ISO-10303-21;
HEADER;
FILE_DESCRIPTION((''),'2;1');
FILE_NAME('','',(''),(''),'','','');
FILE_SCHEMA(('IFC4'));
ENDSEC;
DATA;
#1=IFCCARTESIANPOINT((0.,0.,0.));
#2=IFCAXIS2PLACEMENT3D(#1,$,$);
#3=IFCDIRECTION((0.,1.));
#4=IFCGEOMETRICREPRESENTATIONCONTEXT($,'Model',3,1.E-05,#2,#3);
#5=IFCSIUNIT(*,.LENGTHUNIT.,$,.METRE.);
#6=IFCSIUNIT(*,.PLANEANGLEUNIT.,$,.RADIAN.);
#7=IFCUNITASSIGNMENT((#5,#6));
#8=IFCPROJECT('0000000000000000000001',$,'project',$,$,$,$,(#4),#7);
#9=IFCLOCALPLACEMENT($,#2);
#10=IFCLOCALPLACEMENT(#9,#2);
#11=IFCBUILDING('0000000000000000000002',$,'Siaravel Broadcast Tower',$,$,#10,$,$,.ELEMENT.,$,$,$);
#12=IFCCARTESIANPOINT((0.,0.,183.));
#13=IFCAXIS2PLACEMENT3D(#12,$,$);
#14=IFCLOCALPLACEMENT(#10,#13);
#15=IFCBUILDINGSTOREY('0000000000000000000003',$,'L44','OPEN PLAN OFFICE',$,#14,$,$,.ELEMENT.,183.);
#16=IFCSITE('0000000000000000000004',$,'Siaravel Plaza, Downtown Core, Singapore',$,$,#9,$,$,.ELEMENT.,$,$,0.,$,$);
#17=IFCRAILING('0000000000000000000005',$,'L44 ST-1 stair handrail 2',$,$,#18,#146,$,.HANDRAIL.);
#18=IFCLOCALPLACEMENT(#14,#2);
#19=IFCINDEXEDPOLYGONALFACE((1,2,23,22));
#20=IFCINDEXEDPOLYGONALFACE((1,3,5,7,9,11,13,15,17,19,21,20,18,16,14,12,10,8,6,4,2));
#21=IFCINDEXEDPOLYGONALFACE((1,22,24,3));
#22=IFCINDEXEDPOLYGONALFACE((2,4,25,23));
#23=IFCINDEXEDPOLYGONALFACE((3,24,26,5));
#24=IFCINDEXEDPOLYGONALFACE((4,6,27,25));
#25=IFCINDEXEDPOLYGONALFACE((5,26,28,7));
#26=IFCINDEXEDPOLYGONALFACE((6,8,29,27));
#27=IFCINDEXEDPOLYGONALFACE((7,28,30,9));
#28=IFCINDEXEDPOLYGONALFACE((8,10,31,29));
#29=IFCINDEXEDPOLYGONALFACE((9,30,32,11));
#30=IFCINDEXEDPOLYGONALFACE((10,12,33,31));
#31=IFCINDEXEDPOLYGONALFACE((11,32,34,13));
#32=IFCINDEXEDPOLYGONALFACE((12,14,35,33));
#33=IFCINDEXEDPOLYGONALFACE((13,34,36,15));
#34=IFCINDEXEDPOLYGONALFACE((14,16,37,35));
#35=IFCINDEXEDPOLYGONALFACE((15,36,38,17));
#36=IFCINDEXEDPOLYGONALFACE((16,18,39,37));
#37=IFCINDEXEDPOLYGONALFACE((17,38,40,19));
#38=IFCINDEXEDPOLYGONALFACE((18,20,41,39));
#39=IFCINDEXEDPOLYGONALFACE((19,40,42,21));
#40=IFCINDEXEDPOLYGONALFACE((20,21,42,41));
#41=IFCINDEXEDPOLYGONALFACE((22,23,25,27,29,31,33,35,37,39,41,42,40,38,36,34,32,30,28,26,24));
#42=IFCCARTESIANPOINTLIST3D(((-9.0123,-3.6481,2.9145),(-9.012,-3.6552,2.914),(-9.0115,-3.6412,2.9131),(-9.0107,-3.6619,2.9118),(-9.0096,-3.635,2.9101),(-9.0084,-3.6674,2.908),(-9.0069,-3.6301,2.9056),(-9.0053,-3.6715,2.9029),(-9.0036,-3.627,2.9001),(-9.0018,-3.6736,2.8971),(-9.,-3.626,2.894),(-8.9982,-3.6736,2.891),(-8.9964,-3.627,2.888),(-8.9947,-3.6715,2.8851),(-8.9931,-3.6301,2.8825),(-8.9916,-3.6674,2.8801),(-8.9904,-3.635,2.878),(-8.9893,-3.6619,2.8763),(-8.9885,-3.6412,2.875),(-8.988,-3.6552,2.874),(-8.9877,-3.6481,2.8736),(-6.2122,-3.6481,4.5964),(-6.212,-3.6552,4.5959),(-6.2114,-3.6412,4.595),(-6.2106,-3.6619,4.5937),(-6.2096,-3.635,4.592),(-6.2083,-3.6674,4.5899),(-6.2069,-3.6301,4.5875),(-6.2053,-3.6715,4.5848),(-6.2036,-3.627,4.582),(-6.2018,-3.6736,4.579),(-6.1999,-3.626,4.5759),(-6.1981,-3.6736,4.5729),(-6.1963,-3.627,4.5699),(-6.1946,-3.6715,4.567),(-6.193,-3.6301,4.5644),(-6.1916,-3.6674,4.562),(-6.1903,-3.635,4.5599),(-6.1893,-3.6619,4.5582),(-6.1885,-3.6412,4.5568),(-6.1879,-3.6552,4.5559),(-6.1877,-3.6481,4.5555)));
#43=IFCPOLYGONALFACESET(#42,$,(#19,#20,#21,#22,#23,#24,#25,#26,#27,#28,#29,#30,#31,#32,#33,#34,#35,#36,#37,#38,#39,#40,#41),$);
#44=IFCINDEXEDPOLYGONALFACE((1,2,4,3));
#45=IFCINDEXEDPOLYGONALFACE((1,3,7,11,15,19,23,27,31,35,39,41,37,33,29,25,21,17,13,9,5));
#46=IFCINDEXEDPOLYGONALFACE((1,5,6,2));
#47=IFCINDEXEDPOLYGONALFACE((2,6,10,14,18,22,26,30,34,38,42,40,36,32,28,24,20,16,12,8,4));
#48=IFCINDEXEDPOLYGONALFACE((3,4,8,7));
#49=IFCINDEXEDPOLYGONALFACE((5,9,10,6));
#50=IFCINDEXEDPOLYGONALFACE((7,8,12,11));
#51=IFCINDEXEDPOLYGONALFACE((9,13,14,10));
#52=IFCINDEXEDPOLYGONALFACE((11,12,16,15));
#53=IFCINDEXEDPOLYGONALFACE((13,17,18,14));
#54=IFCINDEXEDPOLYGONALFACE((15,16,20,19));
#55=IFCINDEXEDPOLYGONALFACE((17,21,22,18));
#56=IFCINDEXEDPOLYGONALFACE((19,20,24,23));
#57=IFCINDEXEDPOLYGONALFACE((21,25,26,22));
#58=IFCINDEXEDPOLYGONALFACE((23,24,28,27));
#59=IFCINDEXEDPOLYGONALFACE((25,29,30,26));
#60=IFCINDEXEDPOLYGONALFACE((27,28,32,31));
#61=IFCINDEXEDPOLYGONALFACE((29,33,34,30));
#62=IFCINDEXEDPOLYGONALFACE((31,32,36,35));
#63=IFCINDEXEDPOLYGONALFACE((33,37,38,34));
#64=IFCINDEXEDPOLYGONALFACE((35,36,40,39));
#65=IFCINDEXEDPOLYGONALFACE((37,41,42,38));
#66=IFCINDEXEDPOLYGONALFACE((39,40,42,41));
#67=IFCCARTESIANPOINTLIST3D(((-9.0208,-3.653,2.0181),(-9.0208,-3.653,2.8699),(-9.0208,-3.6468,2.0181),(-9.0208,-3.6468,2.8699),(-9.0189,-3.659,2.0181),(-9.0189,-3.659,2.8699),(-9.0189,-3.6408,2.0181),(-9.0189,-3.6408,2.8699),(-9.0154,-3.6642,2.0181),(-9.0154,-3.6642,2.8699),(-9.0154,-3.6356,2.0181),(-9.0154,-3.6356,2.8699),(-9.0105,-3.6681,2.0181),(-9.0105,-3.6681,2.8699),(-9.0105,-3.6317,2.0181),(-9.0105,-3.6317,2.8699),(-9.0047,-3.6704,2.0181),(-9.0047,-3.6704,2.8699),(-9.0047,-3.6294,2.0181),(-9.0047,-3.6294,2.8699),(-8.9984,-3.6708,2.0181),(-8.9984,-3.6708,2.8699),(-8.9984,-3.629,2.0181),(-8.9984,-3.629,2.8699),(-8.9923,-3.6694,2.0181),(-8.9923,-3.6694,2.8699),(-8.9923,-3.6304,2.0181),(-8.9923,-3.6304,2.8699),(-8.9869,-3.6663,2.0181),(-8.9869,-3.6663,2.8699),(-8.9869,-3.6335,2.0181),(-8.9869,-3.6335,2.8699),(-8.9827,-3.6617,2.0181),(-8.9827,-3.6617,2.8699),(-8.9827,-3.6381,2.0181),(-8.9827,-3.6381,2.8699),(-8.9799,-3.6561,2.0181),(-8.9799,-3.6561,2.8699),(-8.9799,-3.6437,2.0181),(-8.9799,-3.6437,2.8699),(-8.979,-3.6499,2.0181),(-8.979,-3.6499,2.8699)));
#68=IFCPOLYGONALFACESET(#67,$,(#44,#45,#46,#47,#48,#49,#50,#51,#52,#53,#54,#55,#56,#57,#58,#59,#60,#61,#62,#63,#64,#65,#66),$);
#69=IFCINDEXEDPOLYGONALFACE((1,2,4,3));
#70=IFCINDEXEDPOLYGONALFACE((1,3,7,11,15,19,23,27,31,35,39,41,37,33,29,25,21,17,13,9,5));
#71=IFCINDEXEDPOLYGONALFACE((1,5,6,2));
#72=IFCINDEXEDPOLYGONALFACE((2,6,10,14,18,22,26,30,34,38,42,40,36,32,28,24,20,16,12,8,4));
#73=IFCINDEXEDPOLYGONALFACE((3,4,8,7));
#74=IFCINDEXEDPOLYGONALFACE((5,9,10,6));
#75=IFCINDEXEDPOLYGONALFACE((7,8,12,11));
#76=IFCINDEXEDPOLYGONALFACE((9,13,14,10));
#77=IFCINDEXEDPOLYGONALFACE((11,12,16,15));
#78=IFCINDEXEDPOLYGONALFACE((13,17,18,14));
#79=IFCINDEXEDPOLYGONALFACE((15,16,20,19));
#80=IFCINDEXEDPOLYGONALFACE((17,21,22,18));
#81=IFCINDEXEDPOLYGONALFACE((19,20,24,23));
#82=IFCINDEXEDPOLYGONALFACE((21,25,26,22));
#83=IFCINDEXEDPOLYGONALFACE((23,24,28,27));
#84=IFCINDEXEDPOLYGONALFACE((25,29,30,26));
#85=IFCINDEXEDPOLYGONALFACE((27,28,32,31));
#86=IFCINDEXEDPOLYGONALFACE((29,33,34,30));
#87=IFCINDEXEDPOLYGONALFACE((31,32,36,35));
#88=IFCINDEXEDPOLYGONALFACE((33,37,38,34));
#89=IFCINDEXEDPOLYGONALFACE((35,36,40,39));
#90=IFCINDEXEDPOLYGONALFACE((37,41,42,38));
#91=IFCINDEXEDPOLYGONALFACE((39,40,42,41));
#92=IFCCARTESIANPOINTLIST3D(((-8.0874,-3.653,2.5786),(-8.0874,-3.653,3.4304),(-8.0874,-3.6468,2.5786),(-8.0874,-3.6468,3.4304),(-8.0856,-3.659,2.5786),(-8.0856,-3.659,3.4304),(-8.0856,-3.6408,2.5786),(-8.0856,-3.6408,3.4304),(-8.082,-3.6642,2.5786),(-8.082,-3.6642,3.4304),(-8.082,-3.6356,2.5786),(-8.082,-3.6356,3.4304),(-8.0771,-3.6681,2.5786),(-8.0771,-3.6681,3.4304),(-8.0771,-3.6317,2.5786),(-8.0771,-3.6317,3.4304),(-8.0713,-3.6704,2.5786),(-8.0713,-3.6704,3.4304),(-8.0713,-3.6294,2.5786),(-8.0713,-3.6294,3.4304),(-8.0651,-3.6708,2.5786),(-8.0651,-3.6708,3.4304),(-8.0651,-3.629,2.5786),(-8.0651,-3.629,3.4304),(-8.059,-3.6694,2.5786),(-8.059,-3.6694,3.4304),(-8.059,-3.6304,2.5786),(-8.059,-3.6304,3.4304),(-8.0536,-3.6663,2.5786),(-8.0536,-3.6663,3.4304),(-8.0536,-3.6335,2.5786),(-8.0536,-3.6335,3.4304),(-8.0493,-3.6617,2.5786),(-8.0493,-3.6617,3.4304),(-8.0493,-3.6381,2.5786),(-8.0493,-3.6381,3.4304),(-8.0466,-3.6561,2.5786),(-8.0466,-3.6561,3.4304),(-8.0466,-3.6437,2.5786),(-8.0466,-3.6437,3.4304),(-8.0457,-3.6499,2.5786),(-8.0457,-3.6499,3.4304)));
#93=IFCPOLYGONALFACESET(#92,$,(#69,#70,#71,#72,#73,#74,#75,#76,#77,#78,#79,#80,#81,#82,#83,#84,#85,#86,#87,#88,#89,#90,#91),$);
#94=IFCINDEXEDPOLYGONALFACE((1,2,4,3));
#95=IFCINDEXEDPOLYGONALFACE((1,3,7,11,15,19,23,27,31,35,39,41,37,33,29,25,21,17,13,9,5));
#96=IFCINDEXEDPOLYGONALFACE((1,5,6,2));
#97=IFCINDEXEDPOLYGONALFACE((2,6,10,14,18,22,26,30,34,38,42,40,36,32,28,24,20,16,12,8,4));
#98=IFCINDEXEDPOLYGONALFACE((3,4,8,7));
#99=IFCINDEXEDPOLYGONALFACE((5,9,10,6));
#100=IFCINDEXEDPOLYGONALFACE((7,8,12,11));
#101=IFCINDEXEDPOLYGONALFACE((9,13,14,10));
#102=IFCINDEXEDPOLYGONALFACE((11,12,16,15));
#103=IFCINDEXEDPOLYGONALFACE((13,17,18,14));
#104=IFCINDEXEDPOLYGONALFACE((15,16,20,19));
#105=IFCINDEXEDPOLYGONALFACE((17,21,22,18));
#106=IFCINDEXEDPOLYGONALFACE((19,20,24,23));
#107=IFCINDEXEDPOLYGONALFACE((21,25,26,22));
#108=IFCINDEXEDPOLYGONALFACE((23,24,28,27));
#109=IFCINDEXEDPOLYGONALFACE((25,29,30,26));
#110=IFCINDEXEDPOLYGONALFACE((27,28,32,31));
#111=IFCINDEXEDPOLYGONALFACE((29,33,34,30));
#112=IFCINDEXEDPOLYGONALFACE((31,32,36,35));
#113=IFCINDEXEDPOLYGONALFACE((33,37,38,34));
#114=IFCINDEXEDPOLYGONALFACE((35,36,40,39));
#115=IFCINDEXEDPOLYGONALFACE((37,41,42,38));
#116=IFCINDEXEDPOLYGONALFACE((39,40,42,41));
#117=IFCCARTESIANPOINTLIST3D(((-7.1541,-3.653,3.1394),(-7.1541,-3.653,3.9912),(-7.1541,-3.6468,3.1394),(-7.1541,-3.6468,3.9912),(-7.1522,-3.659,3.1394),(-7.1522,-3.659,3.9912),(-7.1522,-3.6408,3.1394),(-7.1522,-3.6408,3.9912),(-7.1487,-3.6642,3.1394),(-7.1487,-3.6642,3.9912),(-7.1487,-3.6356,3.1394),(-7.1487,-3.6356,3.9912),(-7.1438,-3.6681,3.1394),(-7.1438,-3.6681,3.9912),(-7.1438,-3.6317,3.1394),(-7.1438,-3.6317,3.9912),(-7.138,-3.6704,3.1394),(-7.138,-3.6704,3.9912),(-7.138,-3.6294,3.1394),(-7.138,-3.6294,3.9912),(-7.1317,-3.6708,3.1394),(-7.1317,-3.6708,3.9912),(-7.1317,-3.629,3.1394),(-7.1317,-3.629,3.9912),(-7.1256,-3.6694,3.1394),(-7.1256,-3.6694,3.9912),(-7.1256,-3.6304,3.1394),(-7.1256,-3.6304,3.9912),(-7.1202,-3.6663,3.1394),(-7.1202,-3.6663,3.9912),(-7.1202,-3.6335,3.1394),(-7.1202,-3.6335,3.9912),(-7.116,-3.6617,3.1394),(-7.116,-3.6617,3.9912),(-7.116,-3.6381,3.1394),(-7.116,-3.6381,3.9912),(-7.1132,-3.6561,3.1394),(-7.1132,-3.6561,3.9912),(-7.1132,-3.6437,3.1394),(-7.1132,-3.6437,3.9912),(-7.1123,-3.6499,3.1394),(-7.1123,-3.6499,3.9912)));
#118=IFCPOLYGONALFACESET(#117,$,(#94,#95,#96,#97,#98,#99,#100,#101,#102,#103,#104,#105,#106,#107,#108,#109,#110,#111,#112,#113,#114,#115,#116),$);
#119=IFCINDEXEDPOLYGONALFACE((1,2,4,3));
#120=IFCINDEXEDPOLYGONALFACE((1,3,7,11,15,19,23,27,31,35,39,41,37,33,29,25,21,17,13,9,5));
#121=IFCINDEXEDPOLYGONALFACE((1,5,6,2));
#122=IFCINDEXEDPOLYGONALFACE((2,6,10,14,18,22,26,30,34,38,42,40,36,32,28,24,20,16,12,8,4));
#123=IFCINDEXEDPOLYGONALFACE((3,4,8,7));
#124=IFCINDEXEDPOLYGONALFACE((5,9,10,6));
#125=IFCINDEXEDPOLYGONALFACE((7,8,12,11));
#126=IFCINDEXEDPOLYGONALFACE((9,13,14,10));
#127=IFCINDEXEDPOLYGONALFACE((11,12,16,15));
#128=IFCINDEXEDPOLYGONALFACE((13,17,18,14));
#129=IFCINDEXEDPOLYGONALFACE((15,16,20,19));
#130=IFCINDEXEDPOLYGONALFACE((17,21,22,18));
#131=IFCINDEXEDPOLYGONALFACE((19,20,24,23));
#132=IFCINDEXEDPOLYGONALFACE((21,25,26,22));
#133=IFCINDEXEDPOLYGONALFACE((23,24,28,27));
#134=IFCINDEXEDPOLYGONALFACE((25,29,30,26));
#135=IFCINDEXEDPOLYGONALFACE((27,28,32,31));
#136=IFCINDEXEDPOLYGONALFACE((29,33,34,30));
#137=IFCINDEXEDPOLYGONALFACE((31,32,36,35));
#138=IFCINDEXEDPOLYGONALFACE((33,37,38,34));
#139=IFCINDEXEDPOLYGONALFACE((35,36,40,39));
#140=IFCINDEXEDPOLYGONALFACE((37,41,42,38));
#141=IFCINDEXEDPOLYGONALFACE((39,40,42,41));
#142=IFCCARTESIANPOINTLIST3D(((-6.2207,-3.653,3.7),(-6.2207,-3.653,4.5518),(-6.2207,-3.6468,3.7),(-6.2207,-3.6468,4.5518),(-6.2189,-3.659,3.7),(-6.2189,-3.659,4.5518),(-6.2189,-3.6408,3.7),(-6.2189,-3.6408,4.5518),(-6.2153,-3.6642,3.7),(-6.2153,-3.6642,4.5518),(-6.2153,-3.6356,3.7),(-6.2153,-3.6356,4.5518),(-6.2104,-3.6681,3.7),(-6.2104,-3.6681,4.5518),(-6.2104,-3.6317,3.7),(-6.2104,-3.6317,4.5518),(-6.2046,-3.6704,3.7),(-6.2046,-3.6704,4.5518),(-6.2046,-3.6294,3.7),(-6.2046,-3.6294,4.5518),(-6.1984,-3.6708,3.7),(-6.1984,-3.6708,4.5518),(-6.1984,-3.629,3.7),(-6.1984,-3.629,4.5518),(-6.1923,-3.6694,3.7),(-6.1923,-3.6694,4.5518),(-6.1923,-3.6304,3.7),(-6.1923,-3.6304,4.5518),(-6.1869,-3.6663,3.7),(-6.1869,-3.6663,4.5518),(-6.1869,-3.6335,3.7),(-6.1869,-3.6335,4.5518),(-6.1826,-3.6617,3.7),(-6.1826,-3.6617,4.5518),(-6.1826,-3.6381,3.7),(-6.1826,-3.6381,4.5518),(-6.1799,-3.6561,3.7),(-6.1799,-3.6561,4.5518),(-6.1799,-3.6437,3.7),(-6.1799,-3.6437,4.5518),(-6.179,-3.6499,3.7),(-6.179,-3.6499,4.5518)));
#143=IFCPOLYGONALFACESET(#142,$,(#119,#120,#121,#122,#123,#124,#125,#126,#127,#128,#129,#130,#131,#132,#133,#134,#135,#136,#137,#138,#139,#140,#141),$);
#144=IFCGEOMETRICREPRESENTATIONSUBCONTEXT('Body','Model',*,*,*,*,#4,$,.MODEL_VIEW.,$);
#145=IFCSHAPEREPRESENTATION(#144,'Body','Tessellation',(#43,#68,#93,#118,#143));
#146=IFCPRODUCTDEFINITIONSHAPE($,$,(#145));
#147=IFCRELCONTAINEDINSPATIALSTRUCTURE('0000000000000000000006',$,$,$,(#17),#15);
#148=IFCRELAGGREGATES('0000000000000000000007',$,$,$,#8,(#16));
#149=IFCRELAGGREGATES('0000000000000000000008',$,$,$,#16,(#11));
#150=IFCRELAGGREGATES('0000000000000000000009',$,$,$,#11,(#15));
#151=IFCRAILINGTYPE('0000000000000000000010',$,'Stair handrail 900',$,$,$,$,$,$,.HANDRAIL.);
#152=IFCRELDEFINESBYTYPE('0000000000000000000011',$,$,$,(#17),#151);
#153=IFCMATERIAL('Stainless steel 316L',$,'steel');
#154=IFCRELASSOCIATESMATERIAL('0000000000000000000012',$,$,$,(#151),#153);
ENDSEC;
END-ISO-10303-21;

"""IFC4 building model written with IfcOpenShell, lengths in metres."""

from ifc_helpers import new_model, si_unit, direction, frame, origin, origin_2d, place, context, subcontext, project, spatial, circle, extrude, material, type_object, element, save


model = new_model("IFC4")

# Units and contexts
model_context = context("Model", 3, precision=1e-05, world=origin(), true_north=direction((0.0, 1.0)))
body_context = subcontext(model_context, "Body", "Model", "MODEL_VIEW")
ifc_project = project(units=[si_unit("LENGTHUNIT", "METRE"), si_unit("PLANEANGLEUNIT", "RADIAN")], contexts=[model_context])

# Site, building, storey
site_placement = place(None, origin())
site = spatial("IfcSite", under=ifc_project, at=site_placement, Name="Siaravel Plaza, Downtown Core, Singapore", CompositionType="ELEMENT", RefElevation=0.0)
building_placement = place(site_placement, origin())
building = spatial("IfcBuilding", under=site, at=building_placement, Name="Siaravel Broadcast Tower", CompositionType="ELEMENT")
storey_placement = place(building_placement, frame((0.0, 0.0, 183.0)))
storey = spatial("IfcBuildingStorey", under=building, at=storey_placement, Name="L44", Description="OPEN PLAN OFFICE", CompositionType="ELEMENT", Elevation=183.0)

# Railing
ifc_material_1 = material(Name="Stainless steel 316L", Category="steel")
railing_type_1 = type_object("IfcRailingType", Name="Stair handrail 900", PredefinedType="HANDRAIL", material=ifc_material_1)
railing_1_placement = place(storey_placement, frame((-9.0, -3.6499, 2.0181)))
element("IfcRailing", 1, at=railing_1_placement, inside=storey, type_object=railing_type_1, Name="L44 ST-1 stair handrail 2", PredefinedType="HANDRAIL", context=body_context, shape_type="SweptSolid", body=[
    extrude(circle(Radius=0.0239, at=origin_2d()), frame((0.0, 0.0, 0.876), z_axis=(0.857242, 0.0, 0.514913), x_axis=(0.0, 1.0, 0.0)), (0.0, 0.0, 1.0), 3.2664),
    extrude(circle(Radius=0.021, at=origin_2d()), origin(), (0.0, 0.0, 1.0), 0.8518),
    extrude(circle(Radius=0.021, at=origin_2d()), frame((0.9333, 0.0, 0.5605)), (0.0, 0.0, 1.0), 0.8518),
    extrude(circle(Radius=0.021, at=origin_2d()), frame((1.8667, 0.0, 1.1213)), (0.0, 0.0, 1.0), 0.8518),
    extrude(circle(Radius=0.021, at=origin_2d()), frame((2.8, 0.0, 1.6819)), (0.0, 0.0, 1.0), 0.8518),
])

save(model, "model.ifc")
